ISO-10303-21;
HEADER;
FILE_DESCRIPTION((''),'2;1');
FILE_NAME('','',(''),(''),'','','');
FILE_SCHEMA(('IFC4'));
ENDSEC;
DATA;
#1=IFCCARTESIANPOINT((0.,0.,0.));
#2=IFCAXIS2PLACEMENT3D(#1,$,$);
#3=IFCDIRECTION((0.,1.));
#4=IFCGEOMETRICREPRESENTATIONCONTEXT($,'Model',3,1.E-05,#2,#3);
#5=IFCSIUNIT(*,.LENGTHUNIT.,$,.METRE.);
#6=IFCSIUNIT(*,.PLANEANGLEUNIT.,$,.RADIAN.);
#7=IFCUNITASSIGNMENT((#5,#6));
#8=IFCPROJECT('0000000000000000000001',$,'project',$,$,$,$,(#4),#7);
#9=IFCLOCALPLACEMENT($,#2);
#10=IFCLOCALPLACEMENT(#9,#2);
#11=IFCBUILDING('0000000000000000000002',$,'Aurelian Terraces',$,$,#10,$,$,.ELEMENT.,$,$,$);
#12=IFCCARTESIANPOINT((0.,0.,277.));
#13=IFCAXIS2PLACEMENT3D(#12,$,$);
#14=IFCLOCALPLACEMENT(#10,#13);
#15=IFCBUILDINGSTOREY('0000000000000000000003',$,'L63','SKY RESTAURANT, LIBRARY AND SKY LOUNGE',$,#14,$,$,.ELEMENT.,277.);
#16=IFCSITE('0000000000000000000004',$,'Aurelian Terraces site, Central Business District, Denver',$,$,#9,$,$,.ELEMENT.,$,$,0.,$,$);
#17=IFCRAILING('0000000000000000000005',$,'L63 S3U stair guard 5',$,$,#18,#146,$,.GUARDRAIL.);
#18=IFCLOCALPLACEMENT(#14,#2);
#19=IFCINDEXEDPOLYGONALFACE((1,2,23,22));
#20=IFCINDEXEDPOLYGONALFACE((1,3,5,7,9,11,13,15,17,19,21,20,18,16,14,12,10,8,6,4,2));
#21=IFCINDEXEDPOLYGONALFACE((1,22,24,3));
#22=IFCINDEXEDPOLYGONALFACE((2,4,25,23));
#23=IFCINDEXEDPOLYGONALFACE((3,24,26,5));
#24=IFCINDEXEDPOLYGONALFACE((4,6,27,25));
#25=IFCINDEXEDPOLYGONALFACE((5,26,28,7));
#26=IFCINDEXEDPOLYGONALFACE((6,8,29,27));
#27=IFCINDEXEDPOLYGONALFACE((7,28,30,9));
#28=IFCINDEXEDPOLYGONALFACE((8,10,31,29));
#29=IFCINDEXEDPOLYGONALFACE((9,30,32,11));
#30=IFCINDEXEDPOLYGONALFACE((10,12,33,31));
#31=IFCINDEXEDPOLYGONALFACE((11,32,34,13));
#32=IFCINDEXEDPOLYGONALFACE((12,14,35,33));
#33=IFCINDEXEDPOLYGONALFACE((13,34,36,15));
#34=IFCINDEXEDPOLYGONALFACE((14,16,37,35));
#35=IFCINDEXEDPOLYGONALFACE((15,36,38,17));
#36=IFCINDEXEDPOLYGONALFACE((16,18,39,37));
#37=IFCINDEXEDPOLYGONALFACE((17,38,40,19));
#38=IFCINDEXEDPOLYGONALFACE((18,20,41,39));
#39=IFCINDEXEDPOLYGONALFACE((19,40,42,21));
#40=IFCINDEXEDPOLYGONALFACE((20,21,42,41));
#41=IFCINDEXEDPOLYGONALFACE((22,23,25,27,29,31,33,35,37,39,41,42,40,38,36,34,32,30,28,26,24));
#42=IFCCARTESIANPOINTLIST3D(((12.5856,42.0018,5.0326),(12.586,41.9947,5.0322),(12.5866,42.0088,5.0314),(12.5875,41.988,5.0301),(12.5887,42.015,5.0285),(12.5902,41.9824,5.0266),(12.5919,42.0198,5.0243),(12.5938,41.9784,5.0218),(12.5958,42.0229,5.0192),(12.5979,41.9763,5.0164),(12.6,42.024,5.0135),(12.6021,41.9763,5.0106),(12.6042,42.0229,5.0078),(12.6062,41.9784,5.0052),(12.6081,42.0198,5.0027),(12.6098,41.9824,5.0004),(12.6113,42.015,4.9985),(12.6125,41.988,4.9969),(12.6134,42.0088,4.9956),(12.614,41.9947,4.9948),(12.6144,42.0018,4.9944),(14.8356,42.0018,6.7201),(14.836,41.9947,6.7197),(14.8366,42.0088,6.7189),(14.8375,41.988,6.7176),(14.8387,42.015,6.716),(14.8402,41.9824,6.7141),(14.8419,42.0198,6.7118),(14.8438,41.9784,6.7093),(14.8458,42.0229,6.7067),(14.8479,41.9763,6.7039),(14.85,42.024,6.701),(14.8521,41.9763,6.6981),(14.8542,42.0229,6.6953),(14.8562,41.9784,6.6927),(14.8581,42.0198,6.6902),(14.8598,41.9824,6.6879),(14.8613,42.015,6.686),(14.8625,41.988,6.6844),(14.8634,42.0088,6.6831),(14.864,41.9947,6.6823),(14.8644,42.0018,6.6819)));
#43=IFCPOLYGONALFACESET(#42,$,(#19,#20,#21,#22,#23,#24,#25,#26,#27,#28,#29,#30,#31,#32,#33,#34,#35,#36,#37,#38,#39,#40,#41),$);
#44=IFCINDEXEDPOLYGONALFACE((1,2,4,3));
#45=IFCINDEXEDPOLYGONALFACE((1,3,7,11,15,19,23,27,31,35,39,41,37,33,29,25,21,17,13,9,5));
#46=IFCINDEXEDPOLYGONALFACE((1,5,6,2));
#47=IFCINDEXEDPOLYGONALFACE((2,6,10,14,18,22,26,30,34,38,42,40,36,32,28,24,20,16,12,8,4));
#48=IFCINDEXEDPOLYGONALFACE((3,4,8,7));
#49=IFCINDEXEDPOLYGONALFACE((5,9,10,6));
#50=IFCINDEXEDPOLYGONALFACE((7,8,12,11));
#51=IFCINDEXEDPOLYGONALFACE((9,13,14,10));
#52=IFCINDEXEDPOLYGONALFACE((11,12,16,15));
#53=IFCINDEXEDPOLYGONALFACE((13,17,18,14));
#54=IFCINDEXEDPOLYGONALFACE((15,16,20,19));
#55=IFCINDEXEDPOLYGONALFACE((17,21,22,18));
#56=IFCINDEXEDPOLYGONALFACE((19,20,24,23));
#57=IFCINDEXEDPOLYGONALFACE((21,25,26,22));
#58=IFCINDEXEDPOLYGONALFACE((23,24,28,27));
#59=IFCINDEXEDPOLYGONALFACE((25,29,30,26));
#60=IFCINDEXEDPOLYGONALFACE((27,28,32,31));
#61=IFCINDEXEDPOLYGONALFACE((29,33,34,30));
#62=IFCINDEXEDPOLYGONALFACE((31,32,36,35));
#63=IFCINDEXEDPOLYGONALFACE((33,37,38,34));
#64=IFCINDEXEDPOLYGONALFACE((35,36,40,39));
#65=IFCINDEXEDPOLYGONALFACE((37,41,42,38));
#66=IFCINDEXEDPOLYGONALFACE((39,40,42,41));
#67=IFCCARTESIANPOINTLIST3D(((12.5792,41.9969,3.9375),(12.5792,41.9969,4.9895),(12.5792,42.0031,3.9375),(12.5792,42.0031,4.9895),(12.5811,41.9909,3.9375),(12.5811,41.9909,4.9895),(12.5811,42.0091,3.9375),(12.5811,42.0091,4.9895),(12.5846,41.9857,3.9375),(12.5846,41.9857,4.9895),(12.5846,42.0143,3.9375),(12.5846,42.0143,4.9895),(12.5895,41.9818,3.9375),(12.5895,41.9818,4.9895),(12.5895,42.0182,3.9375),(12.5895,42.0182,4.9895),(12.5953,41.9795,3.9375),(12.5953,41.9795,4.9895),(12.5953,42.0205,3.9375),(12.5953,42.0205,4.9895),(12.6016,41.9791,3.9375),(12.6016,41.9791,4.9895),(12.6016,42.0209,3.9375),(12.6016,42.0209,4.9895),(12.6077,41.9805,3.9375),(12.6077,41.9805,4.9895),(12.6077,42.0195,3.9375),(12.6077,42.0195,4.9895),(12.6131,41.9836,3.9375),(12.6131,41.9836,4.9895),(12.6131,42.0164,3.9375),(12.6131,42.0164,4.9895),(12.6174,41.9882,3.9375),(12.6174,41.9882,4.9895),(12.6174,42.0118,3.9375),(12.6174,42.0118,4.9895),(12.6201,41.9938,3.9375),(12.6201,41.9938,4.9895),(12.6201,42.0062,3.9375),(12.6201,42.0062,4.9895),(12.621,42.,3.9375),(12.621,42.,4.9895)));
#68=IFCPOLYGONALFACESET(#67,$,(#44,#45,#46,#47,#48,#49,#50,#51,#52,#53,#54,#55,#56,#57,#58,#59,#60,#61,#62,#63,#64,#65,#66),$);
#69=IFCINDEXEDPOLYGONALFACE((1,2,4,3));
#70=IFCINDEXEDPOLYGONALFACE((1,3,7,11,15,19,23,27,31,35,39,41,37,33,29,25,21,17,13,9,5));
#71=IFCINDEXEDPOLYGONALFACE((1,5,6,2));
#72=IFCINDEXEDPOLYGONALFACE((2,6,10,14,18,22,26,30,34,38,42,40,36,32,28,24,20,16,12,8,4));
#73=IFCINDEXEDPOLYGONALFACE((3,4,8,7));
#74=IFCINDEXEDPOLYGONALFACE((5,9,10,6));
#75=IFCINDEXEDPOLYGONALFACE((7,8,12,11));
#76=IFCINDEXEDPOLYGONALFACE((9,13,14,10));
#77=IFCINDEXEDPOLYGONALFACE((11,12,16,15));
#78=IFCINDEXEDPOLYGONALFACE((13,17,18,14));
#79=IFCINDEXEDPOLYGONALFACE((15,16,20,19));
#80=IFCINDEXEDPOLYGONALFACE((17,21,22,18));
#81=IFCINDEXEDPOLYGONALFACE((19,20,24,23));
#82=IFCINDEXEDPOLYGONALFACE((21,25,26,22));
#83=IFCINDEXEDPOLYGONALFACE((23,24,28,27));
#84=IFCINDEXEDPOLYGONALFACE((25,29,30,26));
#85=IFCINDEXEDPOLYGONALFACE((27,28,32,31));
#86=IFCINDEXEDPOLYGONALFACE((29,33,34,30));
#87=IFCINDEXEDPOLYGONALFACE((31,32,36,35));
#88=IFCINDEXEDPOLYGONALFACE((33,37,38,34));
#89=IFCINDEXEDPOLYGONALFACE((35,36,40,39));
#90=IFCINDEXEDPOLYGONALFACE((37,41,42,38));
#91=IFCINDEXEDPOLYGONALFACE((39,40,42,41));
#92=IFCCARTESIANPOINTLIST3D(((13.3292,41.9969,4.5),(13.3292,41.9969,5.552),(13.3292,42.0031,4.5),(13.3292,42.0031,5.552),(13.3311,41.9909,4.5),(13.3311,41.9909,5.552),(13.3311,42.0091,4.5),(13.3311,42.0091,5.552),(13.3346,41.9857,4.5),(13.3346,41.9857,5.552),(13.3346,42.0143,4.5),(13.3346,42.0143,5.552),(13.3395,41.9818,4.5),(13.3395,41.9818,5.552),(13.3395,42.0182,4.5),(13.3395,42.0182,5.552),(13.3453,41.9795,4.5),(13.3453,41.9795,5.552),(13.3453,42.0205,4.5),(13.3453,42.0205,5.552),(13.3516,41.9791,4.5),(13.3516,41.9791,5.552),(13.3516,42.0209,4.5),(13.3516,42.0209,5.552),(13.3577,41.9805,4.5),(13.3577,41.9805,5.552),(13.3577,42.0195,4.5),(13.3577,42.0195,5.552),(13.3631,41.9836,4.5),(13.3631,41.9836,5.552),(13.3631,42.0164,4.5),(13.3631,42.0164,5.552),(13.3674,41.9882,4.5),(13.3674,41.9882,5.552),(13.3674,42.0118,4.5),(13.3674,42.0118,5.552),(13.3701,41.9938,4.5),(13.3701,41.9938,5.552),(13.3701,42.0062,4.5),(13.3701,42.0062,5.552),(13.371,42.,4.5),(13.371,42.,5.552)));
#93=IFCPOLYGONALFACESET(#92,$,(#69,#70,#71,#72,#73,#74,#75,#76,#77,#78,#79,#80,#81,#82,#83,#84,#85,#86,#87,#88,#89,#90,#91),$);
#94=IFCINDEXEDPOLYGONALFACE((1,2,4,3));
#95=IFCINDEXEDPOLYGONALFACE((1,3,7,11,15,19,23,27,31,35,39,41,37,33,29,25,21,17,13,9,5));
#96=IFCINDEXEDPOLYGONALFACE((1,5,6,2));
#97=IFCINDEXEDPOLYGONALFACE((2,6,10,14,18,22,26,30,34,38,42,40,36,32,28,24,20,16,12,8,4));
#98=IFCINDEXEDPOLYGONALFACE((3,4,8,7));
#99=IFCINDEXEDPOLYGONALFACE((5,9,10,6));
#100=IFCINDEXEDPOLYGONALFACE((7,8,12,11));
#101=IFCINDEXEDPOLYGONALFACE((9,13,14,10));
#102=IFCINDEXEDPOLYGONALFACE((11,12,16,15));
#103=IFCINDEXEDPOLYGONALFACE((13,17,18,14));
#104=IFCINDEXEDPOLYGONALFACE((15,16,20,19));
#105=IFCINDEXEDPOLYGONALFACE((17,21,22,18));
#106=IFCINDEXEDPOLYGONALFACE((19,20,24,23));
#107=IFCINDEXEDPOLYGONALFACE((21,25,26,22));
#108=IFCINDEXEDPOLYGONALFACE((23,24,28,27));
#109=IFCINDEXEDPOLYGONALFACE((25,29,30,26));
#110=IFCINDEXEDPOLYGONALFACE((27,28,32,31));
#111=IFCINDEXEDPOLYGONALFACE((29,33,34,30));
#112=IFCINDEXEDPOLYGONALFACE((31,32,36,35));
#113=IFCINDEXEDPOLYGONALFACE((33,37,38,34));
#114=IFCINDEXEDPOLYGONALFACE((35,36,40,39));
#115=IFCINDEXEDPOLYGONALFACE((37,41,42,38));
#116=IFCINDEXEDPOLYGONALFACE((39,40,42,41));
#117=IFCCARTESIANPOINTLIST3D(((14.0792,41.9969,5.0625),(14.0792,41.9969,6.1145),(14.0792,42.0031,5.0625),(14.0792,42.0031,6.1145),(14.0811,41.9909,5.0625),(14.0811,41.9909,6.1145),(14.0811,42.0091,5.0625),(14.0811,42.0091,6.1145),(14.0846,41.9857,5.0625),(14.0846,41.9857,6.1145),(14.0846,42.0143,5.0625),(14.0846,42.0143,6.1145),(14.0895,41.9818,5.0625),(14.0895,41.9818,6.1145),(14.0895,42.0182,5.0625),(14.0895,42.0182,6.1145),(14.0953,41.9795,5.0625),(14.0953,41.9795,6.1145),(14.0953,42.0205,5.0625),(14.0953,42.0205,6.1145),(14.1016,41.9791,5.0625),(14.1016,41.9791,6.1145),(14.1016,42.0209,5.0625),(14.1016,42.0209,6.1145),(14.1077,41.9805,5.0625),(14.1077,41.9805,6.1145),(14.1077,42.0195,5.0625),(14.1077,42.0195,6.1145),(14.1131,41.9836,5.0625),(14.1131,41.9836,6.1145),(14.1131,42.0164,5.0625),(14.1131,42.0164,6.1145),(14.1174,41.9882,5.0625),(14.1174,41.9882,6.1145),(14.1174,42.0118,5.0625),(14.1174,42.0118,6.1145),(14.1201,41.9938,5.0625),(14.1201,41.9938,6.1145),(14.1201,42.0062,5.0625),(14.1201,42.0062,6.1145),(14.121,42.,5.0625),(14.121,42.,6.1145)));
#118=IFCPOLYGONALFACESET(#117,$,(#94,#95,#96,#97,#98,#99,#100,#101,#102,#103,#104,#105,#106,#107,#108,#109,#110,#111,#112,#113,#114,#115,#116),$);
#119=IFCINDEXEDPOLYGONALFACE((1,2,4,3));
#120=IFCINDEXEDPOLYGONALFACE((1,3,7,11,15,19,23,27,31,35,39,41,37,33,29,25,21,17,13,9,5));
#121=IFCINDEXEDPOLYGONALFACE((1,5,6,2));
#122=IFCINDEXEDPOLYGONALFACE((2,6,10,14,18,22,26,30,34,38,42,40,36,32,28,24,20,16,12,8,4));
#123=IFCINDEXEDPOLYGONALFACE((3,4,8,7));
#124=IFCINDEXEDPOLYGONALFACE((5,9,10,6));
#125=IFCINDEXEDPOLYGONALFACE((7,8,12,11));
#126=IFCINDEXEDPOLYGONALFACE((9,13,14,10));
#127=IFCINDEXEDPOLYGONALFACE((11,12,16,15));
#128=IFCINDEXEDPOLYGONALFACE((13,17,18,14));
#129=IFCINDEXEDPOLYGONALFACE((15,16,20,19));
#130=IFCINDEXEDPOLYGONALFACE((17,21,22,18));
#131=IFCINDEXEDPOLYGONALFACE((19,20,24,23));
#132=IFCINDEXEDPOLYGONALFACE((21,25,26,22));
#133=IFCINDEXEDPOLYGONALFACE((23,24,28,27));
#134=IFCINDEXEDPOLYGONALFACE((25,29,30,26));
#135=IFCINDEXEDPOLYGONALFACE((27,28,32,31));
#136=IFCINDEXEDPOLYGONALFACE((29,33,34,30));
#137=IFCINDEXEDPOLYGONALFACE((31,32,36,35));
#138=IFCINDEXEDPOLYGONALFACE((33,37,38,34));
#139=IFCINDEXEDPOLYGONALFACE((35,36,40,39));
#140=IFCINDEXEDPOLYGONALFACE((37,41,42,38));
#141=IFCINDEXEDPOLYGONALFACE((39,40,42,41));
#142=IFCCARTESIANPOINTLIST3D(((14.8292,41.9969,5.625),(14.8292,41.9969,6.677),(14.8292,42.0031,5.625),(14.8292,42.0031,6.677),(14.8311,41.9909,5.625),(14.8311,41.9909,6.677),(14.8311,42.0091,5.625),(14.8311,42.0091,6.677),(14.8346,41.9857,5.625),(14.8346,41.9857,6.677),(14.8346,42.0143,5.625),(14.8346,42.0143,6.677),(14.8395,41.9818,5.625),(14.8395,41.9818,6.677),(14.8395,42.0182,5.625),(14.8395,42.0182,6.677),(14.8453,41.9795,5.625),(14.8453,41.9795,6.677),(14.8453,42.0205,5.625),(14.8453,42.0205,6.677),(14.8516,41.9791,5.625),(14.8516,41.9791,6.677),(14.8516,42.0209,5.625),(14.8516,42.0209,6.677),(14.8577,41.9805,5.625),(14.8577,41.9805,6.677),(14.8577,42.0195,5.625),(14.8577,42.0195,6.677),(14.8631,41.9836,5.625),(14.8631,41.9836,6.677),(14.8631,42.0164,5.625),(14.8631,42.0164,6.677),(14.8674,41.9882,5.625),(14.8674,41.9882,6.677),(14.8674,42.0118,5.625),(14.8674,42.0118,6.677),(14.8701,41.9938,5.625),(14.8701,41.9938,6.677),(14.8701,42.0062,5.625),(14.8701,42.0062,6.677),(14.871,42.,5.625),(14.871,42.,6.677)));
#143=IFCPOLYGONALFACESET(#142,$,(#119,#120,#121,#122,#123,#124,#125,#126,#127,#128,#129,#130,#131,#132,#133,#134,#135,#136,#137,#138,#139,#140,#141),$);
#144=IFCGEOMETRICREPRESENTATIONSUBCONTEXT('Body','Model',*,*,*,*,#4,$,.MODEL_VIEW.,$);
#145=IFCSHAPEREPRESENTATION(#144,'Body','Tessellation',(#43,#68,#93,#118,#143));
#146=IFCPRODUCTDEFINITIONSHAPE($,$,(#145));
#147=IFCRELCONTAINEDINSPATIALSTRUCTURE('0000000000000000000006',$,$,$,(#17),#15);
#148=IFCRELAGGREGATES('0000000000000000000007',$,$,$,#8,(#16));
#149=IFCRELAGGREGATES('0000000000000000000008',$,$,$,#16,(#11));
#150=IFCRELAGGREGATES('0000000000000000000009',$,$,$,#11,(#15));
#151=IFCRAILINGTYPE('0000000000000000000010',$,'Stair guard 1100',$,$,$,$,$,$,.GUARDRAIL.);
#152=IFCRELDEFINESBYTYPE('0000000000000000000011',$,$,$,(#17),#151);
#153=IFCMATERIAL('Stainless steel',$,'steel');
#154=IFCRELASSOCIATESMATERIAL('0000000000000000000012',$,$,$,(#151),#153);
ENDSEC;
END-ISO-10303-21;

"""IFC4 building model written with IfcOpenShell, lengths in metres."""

from ifc_helpers import new_model, si_unit, direction, frame, origin, origin_2d, place, context, subcontext, project, spatial, circle, extrude, source, transform, mapped, material, type_object, element, save


model = new_model("IFC4")

# Units and contexts
model_context = context("Model", 3, precision=1e-05, world=origin(), true_north=direction((0.0, 1.0)))
body_context = subcontext(model_context, "Body", "Model", "MODEL_VIEW")
ifc_project = project(units=[si_unit("LENGTHUNIT", "METRE"), si_unit("PLANEANGLEUNIT", "RADIAN")], contexts=[model_context])

# Site, building, storey
site_placement = place(None, origin())
site = spatial("IfcSite", under=ifc_project, at=site_placement, Name="Aurelian Terraces site, Central Business District, Denver", CompositionType="ELEMENT", RefElevation=0.0)
building_placement = place(site_placement, origin())
building = spatial("IfcBuilding", under=site, at=building_placement, Name="Aurelian Terraces", CompositionType="ELEMENT")
storey_placement = place(building_placement, frame((0.0, 0.0, 277.0)))
storey = spatial("IfcBuildingStorey", under=building, at=storey_placement, Name="L63", Description="SKY RESTAURANT, LIBRARY AND SKY LOUNGE", CompositionType="ELEMENT", Elevation=277.0)

# Railing
ifc_material_1 = material(Name="Stainless steel", Category="steel")
railing_type_1 = type_object("IfcRailingType", Name="Stair guard 1100", PredefinedType="GUARDRAIL", material=ifc_material_1)
shared_shape_1 = source(origin(), body_context, "Body", "SweptSolid", [
    extrude(circle(Radius=0.024, at=origin_2d()), frame((0.0, 0.0, 1.076), z_axis=(0.8, 0.0, 0.6), x_axis=(0.0, 1.0, 0.0)), (0.0, 0.0, 1.0), 2.8125),
    extrude(circle(Radius=0.021, at=origin_2d()), origin(), (0.0, 0.0, 1.0), 1.052),
    extrude(circle(Radius=0.021, at=origin_2d()), frame((0.75, 0.0, 0.5625)), (0.0, 0.0, 1.0), 1.052),
    extrude(circle(Radius=0.021, at=origin_2d()), frame((1.5, 0.0, 1.125)), (0.0, 0.0, 1.0), 1.052),
    extrude(circle(Radius=0.021, at=origin_2d()), frame((2.25, 0.0, 1.6875)), (0.0, 0.0, 1.0), 1.052),
])
for number, where, name in (
    (1, (12.6, 42.0, 3.9375), "L63 S3U stair guard 5"),
):
    element("IfcRailing", number, at=place(storey_placement, frame(where)), inside=storey, type_object=railing_type_1, Name=name, PredefinedType="GUARDRAIL", context=body_context, shape_type="MappedRepresentation", body=[
        mapped(shared_shape_1, transform((0.0, 0.0, 0.0), scale=1.0)),
    ])

save(model, "model.ifc")
